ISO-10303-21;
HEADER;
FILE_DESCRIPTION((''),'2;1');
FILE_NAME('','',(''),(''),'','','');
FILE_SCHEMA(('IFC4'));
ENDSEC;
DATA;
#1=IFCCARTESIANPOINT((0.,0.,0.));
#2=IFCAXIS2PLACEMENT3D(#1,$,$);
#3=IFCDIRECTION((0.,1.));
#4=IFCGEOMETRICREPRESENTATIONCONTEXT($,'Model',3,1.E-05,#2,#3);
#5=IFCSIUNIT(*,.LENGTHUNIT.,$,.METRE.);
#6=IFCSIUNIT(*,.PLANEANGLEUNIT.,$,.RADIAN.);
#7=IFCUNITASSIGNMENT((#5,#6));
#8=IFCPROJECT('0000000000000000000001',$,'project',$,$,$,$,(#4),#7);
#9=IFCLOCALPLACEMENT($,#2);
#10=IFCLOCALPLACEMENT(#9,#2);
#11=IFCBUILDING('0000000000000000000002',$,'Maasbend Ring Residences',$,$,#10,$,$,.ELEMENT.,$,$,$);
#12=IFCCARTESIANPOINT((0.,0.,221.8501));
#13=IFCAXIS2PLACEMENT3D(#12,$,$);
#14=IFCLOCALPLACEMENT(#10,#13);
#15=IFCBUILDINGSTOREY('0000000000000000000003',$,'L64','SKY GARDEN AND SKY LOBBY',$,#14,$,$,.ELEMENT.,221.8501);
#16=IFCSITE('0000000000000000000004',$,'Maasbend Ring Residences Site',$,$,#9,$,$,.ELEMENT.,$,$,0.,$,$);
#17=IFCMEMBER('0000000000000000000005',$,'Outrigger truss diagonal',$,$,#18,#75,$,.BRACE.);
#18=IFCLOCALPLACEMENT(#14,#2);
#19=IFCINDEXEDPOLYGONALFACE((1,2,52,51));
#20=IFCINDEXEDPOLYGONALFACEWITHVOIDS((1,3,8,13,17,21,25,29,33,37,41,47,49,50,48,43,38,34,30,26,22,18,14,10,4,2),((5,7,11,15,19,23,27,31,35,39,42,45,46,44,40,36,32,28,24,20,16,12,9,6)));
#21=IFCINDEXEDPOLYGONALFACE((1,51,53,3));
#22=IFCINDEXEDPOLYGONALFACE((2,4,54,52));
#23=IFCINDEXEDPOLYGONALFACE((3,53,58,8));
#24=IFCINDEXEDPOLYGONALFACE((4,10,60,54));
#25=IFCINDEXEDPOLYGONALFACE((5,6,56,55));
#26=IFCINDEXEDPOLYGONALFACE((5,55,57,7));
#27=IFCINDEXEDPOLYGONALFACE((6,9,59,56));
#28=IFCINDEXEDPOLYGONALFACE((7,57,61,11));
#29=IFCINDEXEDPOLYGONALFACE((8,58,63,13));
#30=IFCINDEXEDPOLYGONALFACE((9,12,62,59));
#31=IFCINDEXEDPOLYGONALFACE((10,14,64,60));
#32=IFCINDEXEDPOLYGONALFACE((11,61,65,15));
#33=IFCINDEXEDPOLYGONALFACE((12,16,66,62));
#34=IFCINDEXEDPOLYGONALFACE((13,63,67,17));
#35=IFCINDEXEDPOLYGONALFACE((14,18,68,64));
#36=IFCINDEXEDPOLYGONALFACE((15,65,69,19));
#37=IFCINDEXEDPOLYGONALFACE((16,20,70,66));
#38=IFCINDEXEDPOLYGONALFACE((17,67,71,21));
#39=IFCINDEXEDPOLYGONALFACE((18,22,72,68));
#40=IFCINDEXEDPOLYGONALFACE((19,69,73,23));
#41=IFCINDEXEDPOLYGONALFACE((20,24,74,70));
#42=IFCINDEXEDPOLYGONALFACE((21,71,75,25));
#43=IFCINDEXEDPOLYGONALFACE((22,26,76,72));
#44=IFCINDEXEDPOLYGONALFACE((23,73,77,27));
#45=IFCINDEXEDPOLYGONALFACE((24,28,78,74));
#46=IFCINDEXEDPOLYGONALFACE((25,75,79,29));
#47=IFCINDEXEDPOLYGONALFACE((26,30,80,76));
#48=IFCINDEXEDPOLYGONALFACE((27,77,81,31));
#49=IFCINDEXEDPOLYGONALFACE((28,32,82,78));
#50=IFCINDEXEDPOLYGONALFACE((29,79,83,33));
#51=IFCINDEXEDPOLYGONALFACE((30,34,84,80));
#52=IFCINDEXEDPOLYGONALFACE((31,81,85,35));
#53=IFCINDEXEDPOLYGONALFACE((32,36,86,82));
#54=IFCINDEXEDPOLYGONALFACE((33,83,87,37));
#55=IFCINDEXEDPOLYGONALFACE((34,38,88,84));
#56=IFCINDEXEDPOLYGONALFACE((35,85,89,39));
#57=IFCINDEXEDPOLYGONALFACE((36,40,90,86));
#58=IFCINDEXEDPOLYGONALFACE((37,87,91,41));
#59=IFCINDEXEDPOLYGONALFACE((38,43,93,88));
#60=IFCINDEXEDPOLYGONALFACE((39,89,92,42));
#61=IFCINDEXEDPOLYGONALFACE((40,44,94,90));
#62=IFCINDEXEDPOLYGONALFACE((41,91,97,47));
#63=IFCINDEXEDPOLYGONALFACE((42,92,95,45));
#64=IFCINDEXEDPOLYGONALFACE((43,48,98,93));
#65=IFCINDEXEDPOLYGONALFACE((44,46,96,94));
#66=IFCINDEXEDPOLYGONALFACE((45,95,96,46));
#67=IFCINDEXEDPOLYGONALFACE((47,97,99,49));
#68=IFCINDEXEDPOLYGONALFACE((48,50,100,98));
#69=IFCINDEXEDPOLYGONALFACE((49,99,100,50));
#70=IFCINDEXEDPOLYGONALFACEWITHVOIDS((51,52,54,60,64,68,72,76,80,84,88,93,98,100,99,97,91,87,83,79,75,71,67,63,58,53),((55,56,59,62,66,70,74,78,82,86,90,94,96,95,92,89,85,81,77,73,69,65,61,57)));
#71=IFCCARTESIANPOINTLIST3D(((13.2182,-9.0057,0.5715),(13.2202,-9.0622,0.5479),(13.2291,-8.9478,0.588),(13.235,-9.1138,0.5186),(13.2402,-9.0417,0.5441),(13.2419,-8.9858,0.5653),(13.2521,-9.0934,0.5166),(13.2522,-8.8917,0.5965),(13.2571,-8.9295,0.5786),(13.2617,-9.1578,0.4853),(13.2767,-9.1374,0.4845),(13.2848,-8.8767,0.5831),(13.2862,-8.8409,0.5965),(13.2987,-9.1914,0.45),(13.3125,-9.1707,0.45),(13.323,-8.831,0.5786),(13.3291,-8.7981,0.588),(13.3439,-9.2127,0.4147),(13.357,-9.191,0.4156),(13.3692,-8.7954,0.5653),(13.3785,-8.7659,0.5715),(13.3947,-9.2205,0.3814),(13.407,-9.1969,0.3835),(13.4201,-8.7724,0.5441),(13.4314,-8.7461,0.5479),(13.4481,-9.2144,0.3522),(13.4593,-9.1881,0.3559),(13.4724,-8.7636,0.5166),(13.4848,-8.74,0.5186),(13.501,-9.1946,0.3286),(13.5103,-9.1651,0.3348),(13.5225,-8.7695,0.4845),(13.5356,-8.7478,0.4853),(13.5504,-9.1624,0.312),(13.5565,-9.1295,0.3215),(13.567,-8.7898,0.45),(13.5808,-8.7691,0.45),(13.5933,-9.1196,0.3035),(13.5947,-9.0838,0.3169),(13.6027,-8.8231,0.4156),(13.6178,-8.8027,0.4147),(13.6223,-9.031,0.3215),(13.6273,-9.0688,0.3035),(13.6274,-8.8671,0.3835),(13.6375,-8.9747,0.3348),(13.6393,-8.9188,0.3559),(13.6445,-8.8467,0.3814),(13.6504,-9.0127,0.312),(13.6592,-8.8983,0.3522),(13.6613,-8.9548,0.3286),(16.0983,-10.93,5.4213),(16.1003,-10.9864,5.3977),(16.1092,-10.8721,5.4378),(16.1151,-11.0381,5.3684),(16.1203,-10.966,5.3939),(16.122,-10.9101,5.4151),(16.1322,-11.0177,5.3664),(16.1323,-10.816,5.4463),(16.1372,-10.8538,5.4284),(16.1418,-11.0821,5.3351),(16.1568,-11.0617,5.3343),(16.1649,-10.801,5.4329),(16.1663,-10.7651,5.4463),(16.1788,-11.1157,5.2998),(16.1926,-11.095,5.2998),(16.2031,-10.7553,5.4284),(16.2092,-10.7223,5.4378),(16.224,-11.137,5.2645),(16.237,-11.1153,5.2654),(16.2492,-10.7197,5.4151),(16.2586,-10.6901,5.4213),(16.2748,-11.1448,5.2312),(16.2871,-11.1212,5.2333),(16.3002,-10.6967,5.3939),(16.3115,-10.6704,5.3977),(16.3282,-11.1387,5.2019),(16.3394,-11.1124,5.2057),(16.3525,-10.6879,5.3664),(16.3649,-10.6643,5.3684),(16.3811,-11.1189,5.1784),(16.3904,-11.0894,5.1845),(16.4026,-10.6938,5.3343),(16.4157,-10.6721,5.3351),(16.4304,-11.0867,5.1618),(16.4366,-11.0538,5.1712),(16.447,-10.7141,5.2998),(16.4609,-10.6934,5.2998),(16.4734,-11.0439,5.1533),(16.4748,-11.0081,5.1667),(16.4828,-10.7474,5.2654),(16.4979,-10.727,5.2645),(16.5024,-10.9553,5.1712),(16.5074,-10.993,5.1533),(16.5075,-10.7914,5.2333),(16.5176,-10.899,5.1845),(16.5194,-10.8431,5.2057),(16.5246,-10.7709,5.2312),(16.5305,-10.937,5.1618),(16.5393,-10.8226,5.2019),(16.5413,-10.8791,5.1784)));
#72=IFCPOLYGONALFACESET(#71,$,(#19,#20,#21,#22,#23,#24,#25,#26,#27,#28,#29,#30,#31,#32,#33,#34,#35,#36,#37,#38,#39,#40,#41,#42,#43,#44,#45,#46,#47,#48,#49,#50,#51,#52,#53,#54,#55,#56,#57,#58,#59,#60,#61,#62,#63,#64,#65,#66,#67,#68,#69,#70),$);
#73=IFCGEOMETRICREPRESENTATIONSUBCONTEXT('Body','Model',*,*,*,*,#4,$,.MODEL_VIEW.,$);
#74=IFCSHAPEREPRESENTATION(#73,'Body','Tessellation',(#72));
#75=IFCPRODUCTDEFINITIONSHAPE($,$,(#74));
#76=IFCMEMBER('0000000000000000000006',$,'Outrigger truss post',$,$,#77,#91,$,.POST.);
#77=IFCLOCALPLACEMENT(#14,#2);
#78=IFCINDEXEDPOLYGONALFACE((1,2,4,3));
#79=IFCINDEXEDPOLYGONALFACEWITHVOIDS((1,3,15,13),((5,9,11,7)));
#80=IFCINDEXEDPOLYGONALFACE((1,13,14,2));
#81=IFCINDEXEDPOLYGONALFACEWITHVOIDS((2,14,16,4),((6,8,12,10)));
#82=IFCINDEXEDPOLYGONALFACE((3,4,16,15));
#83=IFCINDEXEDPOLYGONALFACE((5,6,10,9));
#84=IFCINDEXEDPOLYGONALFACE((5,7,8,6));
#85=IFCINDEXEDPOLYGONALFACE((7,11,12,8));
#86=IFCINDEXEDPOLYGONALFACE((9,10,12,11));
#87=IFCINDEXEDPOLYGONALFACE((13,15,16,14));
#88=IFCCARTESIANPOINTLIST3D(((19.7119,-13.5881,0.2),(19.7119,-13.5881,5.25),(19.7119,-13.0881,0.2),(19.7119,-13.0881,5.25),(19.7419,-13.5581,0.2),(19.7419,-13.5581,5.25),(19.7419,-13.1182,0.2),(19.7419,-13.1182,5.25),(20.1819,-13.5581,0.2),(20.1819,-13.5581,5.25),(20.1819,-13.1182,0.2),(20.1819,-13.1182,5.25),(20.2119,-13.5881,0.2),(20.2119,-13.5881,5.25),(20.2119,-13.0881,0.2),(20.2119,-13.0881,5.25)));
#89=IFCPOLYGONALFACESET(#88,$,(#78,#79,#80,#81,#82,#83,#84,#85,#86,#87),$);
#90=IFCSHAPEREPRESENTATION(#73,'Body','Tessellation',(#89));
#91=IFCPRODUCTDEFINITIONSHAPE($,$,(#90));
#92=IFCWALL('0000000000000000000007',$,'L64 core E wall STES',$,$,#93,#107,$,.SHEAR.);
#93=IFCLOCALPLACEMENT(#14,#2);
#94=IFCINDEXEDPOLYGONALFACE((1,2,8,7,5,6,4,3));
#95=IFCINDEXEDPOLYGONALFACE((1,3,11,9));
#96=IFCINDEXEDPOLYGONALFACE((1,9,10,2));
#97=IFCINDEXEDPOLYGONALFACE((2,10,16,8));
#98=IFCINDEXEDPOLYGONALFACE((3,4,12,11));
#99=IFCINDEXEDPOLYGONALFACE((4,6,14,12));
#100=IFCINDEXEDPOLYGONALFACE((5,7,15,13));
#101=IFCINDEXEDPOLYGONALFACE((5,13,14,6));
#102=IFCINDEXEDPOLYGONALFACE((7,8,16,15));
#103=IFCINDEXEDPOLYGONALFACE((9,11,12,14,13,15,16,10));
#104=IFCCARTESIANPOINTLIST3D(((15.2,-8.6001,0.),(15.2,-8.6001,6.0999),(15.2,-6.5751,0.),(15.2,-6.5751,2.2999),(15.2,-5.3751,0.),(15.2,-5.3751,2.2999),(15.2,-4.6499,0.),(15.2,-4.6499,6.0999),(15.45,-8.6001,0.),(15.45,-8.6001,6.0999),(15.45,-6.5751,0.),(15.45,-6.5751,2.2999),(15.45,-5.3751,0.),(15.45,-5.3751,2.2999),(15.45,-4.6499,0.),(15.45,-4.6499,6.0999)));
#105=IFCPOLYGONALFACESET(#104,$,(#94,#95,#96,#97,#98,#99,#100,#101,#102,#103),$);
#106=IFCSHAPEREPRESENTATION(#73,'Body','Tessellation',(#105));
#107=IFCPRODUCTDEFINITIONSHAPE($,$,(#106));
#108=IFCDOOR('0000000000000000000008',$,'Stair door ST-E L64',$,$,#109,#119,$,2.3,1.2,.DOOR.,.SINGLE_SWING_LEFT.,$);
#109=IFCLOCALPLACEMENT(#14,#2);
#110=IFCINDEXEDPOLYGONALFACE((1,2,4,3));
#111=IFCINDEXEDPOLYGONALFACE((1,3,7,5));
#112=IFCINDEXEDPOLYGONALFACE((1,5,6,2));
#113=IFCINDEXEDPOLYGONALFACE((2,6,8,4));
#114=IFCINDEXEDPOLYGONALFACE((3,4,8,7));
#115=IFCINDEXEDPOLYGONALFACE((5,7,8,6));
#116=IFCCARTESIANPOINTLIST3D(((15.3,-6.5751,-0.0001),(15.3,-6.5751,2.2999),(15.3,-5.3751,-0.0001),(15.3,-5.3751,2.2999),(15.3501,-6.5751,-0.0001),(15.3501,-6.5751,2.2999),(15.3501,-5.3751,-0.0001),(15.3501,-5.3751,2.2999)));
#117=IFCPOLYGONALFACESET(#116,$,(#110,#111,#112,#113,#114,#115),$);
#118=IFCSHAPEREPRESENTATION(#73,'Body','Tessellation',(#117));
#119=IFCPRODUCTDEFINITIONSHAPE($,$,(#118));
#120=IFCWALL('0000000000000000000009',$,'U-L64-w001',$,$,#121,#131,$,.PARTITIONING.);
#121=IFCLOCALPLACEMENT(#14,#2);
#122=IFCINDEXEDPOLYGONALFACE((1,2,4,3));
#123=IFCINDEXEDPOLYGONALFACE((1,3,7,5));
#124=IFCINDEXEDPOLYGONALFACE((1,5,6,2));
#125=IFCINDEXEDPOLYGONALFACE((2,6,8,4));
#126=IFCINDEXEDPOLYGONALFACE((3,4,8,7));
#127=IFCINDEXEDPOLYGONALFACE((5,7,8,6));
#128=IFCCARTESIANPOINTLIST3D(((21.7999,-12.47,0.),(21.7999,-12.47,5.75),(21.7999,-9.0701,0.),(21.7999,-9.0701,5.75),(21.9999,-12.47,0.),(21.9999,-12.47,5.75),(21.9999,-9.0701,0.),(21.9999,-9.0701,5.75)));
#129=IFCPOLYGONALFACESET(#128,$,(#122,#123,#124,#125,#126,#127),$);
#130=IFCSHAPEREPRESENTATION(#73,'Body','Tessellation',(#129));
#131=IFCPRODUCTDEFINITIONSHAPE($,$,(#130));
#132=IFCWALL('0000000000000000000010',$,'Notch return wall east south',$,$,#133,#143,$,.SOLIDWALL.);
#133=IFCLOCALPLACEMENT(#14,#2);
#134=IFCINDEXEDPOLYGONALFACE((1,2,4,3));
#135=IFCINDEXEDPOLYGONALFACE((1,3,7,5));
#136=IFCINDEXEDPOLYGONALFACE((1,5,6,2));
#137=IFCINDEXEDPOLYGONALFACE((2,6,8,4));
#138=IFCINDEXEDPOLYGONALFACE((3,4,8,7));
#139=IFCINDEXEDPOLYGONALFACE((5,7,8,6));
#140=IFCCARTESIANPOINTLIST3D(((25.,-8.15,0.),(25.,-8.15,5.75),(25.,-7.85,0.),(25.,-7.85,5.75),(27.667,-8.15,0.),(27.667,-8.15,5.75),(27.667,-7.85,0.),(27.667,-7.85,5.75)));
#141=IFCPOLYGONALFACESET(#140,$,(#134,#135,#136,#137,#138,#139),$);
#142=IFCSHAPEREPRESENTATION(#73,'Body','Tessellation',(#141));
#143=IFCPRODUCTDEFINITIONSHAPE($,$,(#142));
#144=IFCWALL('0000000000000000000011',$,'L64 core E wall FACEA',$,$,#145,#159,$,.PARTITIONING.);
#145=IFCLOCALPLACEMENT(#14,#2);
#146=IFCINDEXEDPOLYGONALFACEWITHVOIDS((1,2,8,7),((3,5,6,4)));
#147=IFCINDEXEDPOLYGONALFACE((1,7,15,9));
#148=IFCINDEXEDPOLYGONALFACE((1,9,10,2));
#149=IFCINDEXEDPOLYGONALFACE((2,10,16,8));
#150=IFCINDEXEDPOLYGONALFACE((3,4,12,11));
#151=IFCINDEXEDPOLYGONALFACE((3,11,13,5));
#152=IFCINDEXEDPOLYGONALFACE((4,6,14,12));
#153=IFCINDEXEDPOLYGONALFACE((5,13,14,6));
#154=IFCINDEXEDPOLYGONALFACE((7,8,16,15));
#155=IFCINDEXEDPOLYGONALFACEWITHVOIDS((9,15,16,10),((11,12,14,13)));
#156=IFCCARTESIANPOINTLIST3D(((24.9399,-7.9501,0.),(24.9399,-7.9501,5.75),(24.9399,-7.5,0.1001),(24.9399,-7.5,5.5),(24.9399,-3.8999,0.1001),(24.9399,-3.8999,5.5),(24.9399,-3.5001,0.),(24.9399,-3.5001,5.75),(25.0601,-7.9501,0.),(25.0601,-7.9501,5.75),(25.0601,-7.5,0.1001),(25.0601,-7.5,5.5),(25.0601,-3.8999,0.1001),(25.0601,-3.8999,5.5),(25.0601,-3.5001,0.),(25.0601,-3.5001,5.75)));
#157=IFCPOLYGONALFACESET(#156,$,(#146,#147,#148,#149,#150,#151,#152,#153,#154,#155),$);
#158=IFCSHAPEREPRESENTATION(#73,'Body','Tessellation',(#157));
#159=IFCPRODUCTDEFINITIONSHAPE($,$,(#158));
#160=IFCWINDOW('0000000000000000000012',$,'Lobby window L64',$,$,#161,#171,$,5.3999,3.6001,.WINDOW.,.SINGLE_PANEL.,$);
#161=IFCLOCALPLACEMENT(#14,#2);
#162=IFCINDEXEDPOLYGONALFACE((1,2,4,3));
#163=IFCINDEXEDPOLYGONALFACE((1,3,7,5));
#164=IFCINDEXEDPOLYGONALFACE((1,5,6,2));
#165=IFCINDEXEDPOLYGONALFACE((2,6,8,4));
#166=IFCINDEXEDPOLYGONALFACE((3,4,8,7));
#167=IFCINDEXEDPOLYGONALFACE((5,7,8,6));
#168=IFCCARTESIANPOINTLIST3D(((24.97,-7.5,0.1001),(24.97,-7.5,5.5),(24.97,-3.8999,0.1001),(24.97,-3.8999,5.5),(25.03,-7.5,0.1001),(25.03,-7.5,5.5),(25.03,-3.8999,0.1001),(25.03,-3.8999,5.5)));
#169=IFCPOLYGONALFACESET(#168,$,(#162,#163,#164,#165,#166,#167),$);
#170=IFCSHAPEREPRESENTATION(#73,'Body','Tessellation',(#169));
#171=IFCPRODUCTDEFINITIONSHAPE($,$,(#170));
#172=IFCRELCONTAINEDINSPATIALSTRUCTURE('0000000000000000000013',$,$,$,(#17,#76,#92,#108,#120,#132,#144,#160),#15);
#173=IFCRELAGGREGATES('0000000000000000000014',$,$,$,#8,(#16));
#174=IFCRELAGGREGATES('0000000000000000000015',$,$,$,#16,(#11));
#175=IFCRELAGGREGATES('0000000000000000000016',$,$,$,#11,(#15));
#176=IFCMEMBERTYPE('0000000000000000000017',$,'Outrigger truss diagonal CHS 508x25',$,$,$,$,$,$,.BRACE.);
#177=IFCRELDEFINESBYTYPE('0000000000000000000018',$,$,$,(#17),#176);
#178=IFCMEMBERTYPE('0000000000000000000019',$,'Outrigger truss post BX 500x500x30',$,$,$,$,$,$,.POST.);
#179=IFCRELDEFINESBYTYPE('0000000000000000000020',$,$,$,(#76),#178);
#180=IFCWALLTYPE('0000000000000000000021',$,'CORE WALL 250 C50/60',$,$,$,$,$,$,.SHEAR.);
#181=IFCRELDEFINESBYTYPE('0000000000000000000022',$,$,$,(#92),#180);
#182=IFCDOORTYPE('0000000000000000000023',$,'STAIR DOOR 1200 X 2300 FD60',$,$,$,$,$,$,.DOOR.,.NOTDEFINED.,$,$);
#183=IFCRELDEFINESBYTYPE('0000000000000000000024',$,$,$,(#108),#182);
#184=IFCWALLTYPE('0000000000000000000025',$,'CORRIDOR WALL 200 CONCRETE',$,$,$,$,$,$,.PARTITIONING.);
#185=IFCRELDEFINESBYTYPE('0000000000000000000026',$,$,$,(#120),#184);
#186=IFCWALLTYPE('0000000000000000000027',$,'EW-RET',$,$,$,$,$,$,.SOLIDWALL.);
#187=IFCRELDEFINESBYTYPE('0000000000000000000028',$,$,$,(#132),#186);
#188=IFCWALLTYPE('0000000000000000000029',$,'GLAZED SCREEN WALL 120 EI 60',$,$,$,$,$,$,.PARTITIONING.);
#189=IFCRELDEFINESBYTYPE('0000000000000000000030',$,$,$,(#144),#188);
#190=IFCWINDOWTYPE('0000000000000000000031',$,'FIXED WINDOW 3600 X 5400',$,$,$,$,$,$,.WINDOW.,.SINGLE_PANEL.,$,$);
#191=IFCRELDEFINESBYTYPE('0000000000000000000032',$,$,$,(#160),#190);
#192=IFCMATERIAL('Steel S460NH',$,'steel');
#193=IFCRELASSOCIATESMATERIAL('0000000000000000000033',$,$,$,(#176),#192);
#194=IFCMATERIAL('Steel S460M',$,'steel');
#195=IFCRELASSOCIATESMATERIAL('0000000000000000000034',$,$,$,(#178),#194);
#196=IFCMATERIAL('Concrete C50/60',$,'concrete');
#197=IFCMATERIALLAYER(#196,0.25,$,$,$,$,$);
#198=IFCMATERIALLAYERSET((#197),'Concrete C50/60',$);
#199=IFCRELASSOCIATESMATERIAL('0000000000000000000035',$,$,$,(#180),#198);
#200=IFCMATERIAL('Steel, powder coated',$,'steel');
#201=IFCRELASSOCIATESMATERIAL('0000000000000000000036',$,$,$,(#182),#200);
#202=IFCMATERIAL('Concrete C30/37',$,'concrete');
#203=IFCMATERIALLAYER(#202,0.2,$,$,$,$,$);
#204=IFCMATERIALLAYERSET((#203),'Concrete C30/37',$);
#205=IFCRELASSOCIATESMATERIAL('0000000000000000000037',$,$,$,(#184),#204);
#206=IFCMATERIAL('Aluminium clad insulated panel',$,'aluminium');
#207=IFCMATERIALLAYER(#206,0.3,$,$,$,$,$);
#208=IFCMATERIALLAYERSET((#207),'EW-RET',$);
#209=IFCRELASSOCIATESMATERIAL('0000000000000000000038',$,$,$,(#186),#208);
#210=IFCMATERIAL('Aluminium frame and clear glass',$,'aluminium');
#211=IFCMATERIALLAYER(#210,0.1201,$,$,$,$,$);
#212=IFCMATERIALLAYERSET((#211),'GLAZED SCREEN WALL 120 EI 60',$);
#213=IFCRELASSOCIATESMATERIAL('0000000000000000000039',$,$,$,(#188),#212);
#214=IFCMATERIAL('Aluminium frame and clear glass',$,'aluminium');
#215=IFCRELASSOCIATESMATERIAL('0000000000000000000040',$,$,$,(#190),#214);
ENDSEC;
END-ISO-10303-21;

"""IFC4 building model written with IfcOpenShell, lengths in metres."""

from ifc_helpers import new_model, si_unit, direction, frame, frame_2d, origin, origin_2d, place, context, subcontext, project, spatial, rectangle, hollow_rectangle, hollow_circle, extrude, material, layer, layer_set, material_profile, profile_set, type_object, element, fill, save


model = new_model("IFC4")

# Units and contexts
model_context = context("Model", 3, precision=1e-05, world=origin(), true_north=direction((0.0, 1.0)))
body_context = subcontext(model_context, "Body", "Model", "MODEL_VIEW")
ifc_project = project(units=[si_unit("LENGTHUNIT", "METRE"), si_unit("PLANEANGLEUNIT", "RADIAN")], contexts=[model_context])

# Site, building, storey
site_placement = place(None, origin())
site = spatial("IfcSite", under=ifc_project, at=site_placement, Name="Maasbend Ring Residences Site", CompositionType="ELEMENT", RefElevation=0.0)
building_placement = place(site_placement, origin())
building = spatial("IfcBuilding", under=site, at=building_placement, Name="Maasbend Ring Residences", CompositionType="ELEMENT")
storey_placement = place(building_placement, frame((0.0, 0.0, 221.8501)))
storey = spatial("IfcBuildingStorey", under=building, at=storey_placement, Name="L64", Description="SKY GARDEN AND SKY LOBBY", CompositionType="ELEMENT", Elevation=221.8501)

# Members
ifc_material_1 = material(Name="Steel S460NH", Category="steel")
ifc_material_profile_1 = material_profile(ifc_material_1, hollow_circle(Radius=0.2539, WallThickness=0.0249, at=origin_2d()), Name="Outrigger truss diagonal CHS 508x25")
ifc_profile_set_1 = profile_set([ifc_material_profile_1], Name="Steel S460NH")
member_type_1 = type_object("IfcMemberType", Name="Outrigger truss diagonal CHS 508x25", PredefinedType="BRACE", material=ifc_profile_set_1)
member_1_placement = place(storey_placement, frame((16.3198, -10.9045, 5.2998), z_axis=(-0.483259, 0.322883, -0.813761), x_axis=(-0.555546, -0.831486, 0.0)))
element("IfcMember", 1, at=member_1_placement, inside=storey, type_object=member_type_1, Name="Outrigger truss diagonal", PredefinedType="BRACE", context=body_context, shape_type="SweptSolid", body=[
    extrude(hollow_circle(Radius=0.2539, WallThickness=0.0249, at=origin_2d()), origin(), (0.0, 0.0, 1.0), 5.9597),
])
ifc_material_2 = material(Name="Steel S460M", Category="steel")
ifc_material_profile_2 = material_profile(ifc_material_2, hollow_rectangle(XDim=0.5, YDim=0.5, WallThickness=0.03, at=origin_2d()), Name="Outrigger truss post BX 500x500x30")
ifc_profile_set_2 = profile_set([ifc_material_profile_2], Name="Steel S460M")
member_type_2 = type_object("IfcMemberType", Name="Outrigger truss post BX 500x500x30", PredefinedType="POST", material=ifc_profile_set_2)
member_2_placement = place(storey_placement, frame((19.9619, -13.3381, 0.2), z_axis=(0.0, 0.0, 1.0), x_axis=(1.0, 0.0, 0.0)))
element("IfcMember", 2, at=member_2_placement, inside=storey, type_object=member_type_2, Name="Outrigger truss post", PredefinedType="POST", context=body_context, shape_type="SweptSolid", body=[
    extrude(hollow_rectangle(XDim=0.5, YDim=0.5, WallThickness=0.03, at=origin_2d()), origin(), (0.0, 0.0, 1.0), 5.05),
])

# Wall, opening, door
ifc_material_3 = material(Name="Concrete C50/60", Category="concrete")
ifc_layer_1 = layer(ifc_material_3, 0.25)
ifc_layer_set_1 = layer_set([ifc_layer_1], Name="Concrete C50/60")
wall_type_1 = type_object("IfcWallType", Name="CORE WALL 250 C50/60", PredefinedType="SHEAR", material=ifc_layer_set_1)
wall_1_placement = place(storey_placement, frame((15.325, -8.6001, 0.0), z_axis=(0.0, 0.0, 1.0), x_axis=(0.0, 1.0, 0.0)))
wall_1 = element("IfcWall", 3, at=wall_1_placement, inside=storey, type_object=wall_type_1, Name="L64 core E wall STES", PredefinedType="SHEAR", context=body_context, shape_type="SweptSolid", body=[
    extrude(rectangle(XDim=3.9502, YDim=0.25, at=frame_2d((1.9751, 0.0))), origin(), (0.0, 0.0, 1.0), 6.0999),
])
opening_1_placement = place(wall_1_placement, frame((2.0249, 0.0, 0.0)))
opening_1 = element("IfcOpeningElement", 4, at=opening_1_placement, cuts=wall_1, PredefinedType="OPENING", context=body_context, shape_type="SweptSolid", body=[
    extrude(rectangle(XDim=1.2, YDim=2.3, at=frame_2d((0.6001, 1.1499))), frame((0.0, 0.135, 0.0), z_axis=(0.0, -1.0, 0.0), x_axis=(1.0, 0.0, 0.0)), (0.0, 0.0, 1.0), 0.27),
])
ifc_material_4 = material(Name="Steel, powder coated", Category="steel")
door_type_1 = type_object("IfcDoorType", Name="STAIR DOOR 1200 X 2300 FD60", OperationType="NOTDEFINED", PredefinedType="DOOR", material=ifc_material_4)
door_1_placement = place(opening_1_placement, origin())
door_1 = element("IfcDoor", 5, at=door_1_placement, inside=storey, type_object=door_type_1, Name="Stair door ST-E L64", OperationType="SINGLE_SWING_LEFT", OverallHeight=2.3, OverallWidth=1.2, PredefinedType="DOOR", context=body_context, shape_type="SweptSolid", body=[
    extrude(rectangle(XDim=1.2, YDim=2.3, at=frame_2d((0.6001, 1.1499))), frame((0.0, 0.0249, 0.0), z_axis=(0.0, -1.0, 0.0), x_axis=(1.0, 0.0, 0.0)), (0.0, 0.0, 1.0), 0.05),
])
fill(opening_1, door_1)

# Walls
ifc_material_5 = material(Name="Concrete C30/37", Category="concrete")
ifc_layer_2 = layer(ifc_material_5, 0.2)
ifc_layer_set_2 = layer_set([ifc_layer_2], Name="Concrete C30/37")
wall_type_2 = type_object("IfcWallType", Name="CORRIDOR WALL 200 CONCRETE", PredefinedType="PARTITIONING", material=ifc_layer_set_2)
wall_2_placement = place(storey_placement, frame((21.8999, -12.47, 0.0), z_axis=(0.0, 0.0, 1.0), x_axis=(0.0, 1.0, 0.0)))
element("IfcWall", 6, at=wall_2_placement, inside=storey, type_object=wall_type_2, Name="U-L64-w001", PredefinedType="PARTITIONING", context=body_context, shape_type="SweptSolid", body=[
    extrude(rectangle(XDim=3.3999, YDim=0.2, at=frame_2d((1.7, 0.0))), origin(), (0.0, 0.0, 1.0), 5.75),
])
ifc_material_6 = material(Name="Aluminium clad insulated panel", Category="aluminium")
ifc_layer_3 = layer(ifc_material_6, 0.3)
ifc_layer_set_3 = layer_set([ifc_layer_3], Name="EW-RET")
wall_type_3 = type_object("IfcWallType", Name="EW-RET", PredefinedType="SOLIDWALL", material=ifc_layer_set_3)
wall_3_placement = place(storey_placement, frame((25.0, -8.0, 0.0), z_axis=(0.0, 0.0, 1.0), x_axis=(1.0, 0.0, 0.0)))
element("IfcWall", 7, at=wall_3_placement, inside=storey, type_object=wall_type_3, Name="Notch return wall east south", PredefinedType="SOLIDWALL", context=body_context, shape_type="SweptSolid", body=[
    extrude(rectangle(XDim=2.667, YDim=0.3, at=frame_2d((1.3335, 0.0))), origin(), (0.0, 0.0, 1.0), 5.75),
])

# Wall, opening, window
ifc_material_7 = material(Name="Aluminium frame and clear glass", Category="aluminium")
ifc_layer_4 = layer(ifc_material_7, 0.1201)
ifc_layer_set_4 = layer_set([ifc_layer_4], Name="GLAZED SCREEN WALL 120 EI 60")
wall_type_4 = type_object("IfcWallType", Name="GLAZED SCREEN WALL 120 EI 60", PredefinedType="PARTITIONING", material=ifc_layer_set_4)
wall_4_placement = place(storey_placement, frame((25.0, -3.5, 0.0), z_axis=(0.0, 0.0, 1.0), x_axis=(0.0, -1.0, 0.0)))
wall_4 = element("IfcWall", 8, at=wall_4_placement, inside=storey, type_object=wall_type_4, Name="L64 core E wall FACEA", PredefinedType="PARTITIONING", context=body_context, shape_type="SweptSolid", body=[
    extrude(rectangle(XDim=4.45, YDim=0.1201, at=frame_2d((2.2251, 0.0))), origin(), (0.0, 0.0, 1.0), 5.75),
])
opening_2_placement = place(wall_4_placement, frame((0.3999, 0.0, 0.1001)))
opening_2 = element("IfcOpeningElement", 9, at=opening_2_placement, cuts=wall_4, PredefinedType="OPENING", context=body_context, shape_type="SweptSolid", body=[
    extrude(rectangle(XDim=3.6001, YDim=5.3999, at=frame_2d((1.8, 2.7))), frame((0.0, 0.0701, 0.0), z_axis=(0.0, -1.0, 0.0), x_axis=(1.0, 0.0, 0.0)), (0.0, 0.0, 1.0), 0.1401),
])
ifc_material_8 = material(Name="Aluminium frame and clear glass", Category="aluminium")
window_type = type_object("IfcWindowType", Name="FIXED WINDOW 3600 X 5400", PartitioningType="SINGLE_PANEL", PredefinedType="WINDOW", material=ifc_material_8)
window_placement = place(opening_2_placement, origin())
window = element("IfcWindow", 10, at=window_placement, inside=storey, type_object=window_type, Name="Lobby window L64", OverallHeight=5.3999, OverallWidth=3.6001, PartitioningType="SINGLE_PANEL", PredefinedType="WINDOW", context=body_context, shape_type="SweptSolid", body=[
    extrude(rectangle(XDim=3.6001, YDim=5.3999, at=frame_2d((1.8, 2.7))), frame((0.0, 0.03, 0.0), z_axis=(0.0, -1.0, 0.0), x_axis=(1.0, 0.0, 0.0)), (0.0, 0.0, 1.0), 0.0601),
])
fill(opening_2, window)

save(model, "model.ifc")
